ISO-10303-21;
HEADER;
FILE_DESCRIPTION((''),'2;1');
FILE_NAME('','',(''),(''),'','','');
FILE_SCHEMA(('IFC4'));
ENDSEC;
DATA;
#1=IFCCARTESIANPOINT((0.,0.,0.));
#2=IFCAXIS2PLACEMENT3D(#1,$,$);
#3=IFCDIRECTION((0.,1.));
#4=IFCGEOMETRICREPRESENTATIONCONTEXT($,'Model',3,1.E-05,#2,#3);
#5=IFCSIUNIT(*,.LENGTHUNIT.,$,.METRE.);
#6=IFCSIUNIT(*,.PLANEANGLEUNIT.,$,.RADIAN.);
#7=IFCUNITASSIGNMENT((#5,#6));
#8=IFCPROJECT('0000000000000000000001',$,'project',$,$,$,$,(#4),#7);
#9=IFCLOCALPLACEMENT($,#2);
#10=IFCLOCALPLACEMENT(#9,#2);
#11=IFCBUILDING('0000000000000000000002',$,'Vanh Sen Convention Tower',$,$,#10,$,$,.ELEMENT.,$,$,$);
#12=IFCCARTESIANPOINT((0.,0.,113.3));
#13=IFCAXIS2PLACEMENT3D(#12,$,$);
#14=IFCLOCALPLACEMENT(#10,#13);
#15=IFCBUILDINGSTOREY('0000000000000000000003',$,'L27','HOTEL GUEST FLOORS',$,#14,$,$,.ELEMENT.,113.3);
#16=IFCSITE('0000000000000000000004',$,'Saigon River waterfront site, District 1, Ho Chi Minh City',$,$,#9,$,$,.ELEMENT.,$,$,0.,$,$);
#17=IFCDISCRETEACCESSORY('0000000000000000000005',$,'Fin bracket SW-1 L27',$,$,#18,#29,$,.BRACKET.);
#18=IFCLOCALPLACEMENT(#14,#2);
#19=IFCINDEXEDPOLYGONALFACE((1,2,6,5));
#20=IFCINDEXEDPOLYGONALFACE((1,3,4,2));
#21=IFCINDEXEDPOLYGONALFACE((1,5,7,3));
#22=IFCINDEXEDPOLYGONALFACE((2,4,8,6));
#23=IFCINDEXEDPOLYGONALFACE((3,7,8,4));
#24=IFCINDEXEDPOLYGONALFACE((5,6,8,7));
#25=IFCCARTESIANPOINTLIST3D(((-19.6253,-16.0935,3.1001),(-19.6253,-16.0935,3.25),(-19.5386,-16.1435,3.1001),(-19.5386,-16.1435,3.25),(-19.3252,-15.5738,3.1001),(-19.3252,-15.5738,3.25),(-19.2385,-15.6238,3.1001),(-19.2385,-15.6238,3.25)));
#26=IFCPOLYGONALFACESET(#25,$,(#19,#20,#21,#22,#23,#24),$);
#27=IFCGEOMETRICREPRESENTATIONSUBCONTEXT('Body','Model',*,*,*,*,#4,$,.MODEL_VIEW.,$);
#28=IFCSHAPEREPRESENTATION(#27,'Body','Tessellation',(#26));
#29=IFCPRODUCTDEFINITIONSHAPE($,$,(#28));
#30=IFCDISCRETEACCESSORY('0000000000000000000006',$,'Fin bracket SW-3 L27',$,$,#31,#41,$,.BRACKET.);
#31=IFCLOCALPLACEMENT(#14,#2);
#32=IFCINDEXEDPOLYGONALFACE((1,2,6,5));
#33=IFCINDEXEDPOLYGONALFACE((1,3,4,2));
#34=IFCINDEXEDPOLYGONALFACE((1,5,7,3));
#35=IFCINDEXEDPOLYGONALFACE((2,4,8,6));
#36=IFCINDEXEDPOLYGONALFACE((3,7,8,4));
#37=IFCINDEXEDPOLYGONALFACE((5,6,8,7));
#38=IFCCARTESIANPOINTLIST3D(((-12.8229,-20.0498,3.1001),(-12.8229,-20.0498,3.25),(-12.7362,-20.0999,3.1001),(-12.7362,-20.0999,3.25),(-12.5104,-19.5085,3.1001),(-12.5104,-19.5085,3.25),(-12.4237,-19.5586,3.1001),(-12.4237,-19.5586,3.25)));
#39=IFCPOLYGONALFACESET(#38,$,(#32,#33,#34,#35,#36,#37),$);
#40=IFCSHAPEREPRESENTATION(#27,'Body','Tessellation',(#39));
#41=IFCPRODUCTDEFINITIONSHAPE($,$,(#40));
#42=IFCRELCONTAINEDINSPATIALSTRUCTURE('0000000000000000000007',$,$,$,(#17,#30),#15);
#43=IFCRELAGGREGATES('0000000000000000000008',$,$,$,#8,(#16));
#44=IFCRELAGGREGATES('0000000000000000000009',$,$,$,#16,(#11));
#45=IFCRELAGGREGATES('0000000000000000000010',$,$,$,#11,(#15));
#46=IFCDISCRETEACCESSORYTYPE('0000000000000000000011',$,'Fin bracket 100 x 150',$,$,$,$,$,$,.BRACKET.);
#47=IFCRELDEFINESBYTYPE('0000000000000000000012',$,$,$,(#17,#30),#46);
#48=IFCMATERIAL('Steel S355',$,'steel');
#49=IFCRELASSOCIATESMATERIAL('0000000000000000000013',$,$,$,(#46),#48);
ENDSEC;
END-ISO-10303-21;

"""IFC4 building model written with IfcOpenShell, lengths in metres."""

from ifc_helpers import new_model, si_unit, direction, frame, origin, origin_2d, place, context, subcontext, project, spatial, rectangle, extrude, material, type_object, element, save


model = new_model("IFC4")

# Units and contexts
model_context = context("Model", 3, precision=1e-05, world=origin(), true_north=direction((0.0, 1.0)))
body_context = subcontext(model_context, "Body", "Model", "MODEL_VIEW")
ifc_project = project(units=[si_unit("LENGTHUNIT", "METRE"), si_unit("PLANEANGLEUNIT", "RADIAN")], contexts=[model_context])

# Site, building, storey
site_placement = place(None, origin())
site = spatial("IfcSite", under=ifc_project, at=site_placement, Name="Saigon River waterfront site, District 1, Ho Chi Minh City", CompositionType="ELEMENT", RefElevation=0.0)
building_placement = place(site_placement, origin())
building = spatial("IfcBuilding", under=site, at=building_placement, Name="Vanh Sen Convention Tower", CompositionType="ELEMENT")
storey_placement = place(building_placement, frame((0.0, 0.0, 113.3)))
storey = spatial("IfcBuildingStorey", under=building, at=storey_placement, Name="L27", Description="HOTEL GUEST FLOORS", CompositionType="ELEMENT", Elevation=113.3)

# Discrete accessories
ifc_material_1 = material(Name="Steel S355", Category="steel")
discrete_accessory_type = type_object("IfcDiscreteAccessoryType", Name="Fin bracket 100 x 150", PredefinedType="BRACKET", material=ifc_material_1)
discrete_accessory_1_placement = place(storey_placement, frame((-19.4319, -15.8586, 3.1001), z_axis=(0.0, 0.0, 1.0), x_axis=(-0.5, -0.866025, 0.0)))
element("IfcDiscreteAccessory", 1, at=discrete_accessory_1_placement, inside=storey, type_object=discrete_accessory_type, Name="Fin bracket SW-1 L27", PredefinedType="BRACKET", context=body_context, shape_type="SweptSolid", body=[
    extrude(rectangle(XDim=0.6001, YDim=0.1001, at=origin_2d()), origin(), (0.0, 0.0, 1.0), 0.1499),
])
discrete_accessory_2_placement = place(storey_placement, frame((-12.6233, -19.8042, 3.1001), z_axis=(0.0, 0.0, 1.0), x_axis=(-0.5, -0.866025, 0.0)))
element("IfcDiscreteAccessory", 2, at=discrete_accessory_2_placement, inside=storey, type_object=discrete_accessory_type, Name="Fin bracket SW-3 L27", PredefinedType="BRACKET", context=body_context, shape_type="SweptSolid", body=[
    extrude(rectangle(XDim=0.625, YDim=0.1001, at=origin_2d()), origin(), (0.0, 0.0, 1.0), 0.1499),
])

save(model, "model.ifc")
